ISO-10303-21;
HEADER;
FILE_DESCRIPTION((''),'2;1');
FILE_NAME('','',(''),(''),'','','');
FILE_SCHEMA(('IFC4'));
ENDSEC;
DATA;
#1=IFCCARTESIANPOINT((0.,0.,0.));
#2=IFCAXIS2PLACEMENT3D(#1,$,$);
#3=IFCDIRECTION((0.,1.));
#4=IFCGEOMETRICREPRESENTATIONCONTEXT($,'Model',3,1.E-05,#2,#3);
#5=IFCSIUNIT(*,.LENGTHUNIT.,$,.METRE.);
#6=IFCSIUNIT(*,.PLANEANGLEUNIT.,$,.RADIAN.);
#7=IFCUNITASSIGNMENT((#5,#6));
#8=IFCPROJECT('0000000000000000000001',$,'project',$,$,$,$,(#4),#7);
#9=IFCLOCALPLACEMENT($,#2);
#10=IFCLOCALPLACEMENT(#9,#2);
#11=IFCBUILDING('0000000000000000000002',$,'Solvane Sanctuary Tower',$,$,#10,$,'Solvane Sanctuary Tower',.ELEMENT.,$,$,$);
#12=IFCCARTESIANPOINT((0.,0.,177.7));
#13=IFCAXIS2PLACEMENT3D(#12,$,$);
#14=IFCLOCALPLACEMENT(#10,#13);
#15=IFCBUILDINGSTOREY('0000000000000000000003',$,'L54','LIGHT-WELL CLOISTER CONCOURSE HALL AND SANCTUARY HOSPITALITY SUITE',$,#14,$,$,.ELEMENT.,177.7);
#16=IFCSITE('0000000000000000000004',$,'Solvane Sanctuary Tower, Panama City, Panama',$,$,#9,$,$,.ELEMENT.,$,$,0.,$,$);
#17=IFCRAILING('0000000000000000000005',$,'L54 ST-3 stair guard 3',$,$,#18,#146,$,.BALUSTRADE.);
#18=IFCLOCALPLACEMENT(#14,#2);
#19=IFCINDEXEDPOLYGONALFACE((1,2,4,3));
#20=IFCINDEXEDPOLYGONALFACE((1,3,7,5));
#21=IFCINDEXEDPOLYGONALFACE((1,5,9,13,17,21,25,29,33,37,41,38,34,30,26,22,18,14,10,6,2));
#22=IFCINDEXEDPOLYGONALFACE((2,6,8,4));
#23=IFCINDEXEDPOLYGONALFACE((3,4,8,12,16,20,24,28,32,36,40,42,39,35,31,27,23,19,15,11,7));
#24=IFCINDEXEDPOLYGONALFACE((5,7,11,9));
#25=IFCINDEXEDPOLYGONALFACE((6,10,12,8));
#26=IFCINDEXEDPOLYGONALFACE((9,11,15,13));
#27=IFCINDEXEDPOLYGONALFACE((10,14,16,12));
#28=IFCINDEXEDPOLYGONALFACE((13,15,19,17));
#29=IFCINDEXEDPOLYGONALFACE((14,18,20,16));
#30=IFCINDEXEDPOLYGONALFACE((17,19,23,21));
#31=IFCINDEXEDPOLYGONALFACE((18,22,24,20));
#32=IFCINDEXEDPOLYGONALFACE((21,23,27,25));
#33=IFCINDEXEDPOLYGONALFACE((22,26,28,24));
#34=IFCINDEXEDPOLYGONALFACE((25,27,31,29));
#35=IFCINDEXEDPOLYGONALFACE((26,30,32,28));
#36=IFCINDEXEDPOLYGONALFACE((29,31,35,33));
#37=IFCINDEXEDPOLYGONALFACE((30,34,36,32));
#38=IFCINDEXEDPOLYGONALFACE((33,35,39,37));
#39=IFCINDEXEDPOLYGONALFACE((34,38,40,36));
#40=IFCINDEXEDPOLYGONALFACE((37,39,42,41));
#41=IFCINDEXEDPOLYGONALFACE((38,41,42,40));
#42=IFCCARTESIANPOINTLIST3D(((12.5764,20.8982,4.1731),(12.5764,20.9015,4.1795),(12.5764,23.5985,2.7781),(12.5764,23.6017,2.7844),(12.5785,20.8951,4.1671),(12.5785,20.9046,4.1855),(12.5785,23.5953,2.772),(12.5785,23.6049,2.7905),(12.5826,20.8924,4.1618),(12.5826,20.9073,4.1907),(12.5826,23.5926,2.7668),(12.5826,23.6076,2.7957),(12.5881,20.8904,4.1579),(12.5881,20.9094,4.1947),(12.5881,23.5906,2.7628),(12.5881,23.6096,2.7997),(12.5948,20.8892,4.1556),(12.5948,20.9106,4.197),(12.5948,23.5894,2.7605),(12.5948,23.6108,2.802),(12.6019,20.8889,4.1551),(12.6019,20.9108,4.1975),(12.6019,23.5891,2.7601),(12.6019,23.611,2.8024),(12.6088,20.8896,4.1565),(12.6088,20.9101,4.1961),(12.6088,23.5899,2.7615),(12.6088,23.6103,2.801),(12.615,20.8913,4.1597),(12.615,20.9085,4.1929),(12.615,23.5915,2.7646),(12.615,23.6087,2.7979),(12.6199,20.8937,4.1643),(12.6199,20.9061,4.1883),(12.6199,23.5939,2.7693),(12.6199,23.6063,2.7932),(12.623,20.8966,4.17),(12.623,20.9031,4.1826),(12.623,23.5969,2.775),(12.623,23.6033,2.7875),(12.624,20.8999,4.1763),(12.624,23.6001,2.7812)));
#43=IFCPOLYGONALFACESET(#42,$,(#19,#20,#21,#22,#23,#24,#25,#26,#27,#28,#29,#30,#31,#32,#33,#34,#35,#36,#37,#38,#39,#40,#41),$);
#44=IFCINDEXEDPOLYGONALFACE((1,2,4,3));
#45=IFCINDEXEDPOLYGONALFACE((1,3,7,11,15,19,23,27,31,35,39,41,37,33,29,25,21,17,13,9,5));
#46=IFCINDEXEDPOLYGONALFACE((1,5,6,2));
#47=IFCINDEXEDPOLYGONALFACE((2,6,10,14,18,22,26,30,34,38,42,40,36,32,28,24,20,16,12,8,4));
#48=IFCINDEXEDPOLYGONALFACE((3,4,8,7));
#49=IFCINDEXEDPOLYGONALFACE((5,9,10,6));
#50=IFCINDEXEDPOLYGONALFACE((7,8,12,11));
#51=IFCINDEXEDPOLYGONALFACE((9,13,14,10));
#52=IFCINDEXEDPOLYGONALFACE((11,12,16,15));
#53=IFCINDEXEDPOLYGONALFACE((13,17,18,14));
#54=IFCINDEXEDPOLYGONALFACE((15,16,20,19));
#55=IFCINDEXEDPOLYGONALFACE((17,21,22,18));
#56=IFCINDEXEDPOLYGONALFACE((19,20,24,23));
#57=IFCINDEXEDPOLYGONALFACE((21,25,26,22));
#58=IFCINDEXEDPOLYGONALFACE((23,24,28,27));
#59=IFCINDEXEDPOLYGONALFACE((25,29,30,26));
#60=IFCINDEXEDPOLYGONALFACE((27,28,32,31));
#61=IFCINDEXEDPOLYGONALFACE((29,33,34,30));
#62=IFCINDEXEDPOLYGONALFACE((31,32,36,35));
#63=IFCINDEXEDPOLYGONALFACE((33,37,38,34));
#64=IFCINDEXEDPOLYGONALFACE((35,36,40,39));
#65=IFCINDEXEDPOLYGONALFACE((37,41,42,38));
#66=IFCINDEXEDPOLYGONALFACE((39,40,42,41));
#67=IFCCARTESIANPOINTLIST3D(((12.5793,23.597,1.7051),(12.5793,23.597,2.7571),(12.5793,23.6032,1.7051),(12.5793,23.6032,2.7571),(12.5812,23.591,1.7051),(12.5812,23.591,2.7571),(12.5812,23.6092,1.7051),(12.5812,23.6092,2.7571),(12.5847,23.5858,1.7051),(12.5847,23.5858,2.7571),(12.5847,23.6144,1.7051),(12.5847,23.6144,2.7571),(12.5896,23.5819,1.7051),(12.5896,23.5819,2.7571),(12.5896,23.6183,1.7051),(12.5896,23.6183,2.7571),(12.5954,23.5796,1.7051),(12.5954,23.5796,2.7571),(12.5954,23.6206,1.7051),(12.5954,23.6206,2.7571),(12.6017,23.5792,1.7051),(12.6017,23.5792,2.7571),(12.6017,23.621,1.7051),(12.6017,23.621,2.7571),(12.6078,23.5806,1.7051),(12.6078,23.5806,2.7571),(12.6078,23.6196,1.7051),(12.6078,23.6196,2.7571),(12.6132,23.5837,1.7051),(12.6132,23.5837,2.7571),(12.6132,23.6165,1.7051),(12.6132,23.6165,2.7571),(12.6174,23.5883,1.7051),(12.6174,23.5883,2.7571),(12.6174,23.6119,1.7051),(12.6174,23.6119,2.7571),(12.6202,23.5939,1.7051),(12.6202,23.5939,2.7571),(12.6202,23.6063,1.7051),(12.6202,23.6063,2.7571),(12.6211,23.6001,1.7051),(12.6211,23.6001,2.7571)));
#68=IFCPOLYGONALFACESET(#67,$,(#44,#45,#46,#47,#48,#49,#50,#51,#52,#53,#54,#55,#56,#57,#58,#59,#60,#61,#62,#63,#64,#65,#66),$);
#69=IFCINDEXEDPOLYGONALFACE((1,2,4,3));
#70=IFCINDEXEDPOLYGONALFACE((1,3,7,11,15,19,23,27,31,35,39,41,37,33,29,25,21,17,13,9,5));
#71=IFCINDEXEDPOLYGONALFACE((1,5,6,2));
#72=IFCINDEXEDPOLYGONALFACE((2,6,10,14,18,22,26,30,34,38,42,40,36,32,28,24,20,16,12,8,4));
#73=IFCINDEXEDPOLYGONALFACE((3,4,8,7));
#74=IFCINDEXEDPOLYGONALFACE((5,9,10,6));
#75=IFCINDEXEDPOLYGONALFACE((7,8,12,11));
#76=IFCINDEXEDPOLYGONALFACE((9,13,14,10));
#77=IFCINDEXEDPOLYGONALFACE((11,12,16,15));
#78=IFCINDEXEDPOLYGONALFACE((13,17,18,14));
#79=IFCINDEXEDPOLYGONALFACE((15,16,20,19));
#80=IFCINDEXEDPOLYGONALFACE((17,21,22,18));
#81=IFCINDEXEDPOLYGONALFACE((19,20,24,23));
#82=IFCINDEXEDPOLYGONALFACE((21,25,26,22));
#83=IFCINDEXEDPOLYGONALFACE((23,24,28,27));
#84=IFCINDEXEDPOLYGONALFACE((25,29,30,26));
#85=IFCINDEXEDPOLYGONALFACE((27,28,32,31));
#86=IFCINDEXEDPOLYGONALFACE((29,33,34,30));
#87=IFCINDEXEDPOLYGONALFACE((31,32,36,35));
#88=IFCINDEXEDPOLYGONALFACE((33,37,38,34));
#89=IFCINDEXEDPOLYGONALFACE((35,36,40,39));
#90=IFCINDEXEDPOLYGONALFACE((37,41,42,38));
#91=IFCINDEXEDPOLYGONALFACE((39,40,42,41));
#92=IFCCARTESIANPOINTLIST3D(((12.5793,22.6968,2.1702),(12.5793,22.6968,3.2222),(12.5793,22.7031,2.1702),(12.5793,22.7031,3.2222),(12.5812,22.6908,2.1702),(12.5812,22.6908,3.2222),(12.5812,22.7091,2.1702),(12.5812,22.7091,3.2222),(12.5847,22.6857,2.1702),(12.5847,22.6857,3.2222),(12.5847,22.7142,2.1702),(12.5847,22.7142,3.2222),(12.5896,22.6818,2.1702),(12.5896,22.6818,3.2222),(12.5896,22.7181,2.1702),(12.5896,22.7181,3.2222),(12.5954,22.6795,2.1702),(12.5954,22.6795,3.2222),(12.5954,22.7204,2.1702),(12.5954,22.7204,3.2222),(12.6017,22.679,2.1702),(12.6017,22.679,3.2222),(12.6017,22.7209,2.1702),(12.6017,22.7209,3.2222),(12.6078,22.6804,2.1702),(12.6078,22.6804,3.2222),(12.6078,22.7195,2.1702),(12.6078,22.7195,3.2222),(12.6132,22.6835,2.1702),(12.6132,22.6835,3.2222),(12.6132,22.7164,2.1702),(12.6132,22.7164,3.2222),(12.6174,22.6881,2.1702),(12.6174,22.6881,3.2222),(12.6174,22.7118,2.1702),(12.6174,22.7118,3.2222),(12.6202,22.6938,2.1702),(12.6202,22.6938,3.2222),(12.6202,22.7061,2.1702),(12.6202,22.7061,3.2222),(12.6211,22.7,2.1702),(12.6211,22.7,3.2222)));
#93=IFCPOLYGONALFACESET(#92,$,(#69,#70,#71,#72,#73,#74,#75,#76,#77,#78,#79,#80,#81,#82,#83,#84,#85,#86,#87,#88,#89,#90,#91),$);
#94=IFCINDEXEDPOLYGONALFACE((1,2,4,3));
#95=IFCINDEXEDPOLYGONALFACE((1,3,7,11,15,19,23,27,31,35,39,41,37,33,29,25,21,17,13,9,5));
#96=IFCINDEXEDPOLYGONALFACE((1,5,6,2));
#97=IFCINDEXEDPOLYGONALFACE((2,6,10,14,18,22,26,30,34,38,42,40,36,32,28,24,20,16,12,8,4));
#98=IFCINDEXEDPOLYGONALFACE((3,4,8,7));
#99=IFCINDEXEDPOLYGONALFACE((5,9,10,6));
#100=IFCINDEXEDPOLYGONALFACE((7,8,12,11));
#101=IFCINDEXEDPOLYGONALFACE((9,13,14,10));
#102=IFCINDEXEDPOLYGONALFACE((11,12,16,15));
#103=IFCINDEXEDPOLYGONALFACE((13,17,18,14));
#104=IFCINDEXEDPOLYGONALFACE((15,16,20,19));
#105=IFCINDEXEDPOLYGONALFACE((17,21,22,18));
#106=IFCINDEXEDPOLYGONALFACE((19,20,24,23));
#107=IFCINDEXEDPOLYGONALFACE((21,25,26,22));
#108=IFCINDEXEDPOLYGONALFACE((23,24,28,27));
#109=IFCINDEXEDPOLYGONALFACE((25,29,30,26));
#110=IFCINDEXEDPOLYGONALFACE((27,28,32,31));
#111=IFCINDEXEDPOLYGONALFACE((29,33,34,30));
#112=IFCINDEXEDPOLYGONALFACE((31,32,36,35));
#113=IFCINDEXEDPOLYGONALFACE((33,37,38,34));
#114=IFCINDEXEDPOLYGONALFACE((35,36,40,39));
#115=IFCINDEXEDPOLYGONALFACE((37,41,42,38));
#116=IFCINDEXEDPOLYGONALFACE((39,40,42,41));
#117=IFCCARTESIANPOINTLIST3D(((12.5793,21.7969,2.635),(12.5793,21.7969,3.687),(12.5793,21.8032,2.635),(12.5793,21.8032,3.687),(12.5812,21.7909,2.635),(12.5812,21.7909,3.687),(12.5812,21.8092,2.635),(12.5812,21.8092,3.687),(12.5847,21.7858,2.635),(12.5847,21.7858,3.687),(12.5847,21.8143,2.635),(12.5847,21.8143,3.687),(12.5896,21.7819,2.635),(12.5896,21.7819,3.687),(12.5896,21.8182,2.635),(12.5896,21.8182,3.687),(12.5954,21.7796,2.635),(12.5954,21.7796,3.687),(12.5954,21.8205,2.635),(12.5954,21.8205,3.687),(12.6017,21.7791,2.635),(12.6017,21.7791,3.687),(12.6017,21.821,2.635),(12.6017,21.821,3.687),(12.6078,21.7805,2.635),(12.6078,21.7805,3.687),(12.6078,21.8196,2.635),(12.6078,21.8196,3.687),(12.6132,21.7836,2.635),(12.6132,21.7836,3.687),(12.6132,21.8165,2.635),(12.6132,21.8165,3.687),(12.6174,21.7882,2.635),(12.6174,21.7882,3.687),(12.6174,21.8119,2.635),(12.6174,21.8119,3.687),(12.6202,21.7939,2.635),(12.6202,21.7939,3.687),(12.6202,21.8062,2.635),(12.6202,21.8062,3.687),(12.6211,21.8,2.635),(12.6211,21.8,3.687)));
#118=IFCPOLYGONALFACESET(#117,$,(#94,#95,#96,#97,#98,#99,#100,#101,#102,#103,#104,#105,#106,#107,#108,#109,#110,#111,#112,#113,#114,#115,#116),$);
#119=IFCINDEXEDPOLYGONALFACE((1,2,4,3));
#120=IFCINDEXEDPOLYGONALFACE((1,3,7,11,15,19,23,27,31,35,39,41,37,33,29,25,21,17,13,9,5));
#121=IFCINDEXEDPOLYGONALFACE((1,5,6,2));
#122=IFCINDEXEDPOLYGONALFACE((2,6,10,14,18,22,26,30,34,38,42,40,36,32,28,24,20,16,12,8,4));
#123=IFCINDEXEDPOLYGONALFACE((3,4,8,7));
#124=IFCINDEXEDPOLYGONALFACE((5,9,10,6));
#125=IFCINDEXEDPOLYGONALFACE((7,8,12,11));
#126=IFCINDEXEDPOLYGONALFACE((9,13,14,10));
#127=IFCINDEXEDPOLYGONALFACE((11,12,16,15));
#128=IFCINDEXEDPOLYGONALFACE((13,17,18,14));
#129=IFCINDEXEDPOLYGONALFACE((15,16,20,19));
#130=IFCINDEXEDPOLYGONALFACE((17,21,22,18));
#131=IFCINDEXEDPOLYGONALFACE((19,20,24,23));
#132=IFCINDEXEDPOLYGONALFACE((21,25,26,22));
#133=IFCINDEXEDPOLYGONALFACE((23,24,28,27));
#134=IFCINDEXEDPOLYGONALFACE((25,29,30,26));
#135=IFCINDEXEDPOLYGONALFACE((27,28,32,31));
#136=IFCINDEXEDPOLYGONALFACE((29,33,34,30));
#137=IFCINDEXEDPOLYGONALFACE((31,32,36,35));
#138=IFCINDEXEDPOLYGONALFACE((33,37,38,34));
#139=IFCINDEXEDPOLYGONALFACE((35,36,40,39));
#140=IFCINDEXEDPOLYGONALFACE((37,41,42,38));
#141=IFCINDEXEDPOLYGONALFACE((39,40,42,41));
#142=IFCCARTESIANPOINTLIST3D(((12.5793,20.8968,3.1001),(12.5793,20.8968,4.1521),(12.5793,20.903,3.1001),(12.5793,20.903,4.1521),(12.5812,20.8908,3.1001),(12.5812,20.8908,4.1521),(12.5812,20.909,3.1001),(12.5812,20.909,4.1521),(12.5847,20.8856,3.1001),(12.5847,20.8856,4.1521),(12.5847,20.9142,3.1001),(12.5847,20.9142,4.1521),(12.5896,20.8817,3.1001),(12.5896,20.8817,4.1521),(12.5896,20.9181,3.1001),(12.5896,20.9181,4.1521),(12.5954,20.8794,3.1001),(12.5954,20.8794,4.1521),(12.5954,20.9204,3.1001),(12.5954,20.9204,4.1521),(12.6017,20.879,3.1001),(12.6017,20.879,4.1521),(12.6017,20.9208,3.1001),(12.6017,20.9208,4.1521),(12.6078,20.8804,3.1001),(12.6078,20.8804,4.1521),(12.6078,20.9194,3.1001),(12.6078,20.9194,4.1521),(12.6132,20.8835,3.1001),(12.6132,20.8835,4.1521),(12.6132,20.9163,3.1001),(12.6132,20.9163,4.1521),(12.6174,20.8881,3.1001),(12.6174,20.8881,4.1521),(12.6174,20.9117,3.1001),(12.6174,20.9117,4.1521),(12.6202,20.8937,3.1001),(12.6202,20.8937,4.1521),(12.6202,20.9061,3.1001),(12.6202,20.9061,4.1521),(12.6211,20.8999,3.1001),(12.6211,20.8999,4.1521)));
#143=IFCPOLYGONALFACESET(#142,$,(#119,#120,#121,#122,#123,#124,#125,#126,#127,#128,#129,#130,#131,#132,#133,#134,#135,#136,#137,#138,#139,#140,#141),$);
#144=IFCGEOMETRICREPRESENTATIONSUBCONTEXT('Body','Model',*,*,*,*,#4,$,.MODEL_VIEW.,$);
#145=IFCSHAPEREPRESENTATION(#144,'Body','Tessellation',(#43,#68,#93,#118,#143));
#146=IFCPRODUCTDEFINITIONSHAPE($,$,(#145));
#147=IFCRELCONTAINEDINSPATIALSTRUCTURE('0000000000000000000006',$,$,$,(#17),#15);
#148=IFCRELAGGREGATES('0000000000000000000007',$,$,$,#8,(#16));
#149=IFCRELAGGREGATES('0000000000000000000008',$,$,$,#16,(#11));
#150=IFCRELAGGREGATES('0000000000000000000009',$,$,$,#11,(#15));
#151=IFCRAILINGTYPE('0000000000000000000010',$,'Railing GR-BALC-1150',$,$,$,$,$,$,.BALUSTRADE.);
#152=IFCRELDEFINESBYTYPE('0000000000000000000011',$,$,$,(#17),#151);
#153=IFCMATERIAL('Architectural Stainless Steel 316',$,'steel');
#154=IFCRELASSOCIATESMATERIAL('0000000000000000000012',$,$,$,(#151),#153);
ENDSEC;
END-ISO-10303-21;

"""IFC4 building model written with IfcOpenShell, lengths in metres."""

from ifc_helpers import new_model, si_unit, direction, frame, origin, origin_2d, place, context, subcontext, project, spatial, circle, extrude, material, type_object, element, save


model = new_model("IFC4")

# Units and contexts
model_context = context("Model", 3, precision=1e-05, world=origin(), true_north=direction((0.0, 1.0)))
body_context = subcontext(model_context, "Body", "Model", "MODEL_VIEW")
ifc_project = project(units=[si_unit("LENGTHUNIT", "METRE"), si_unit("PLANEANGLEUNIT", "RADIAN")], contexts=[model_context])

# Site, building, storey
site_placement = place(None, origin())
site = spatial("IfcSite", under=ifc_project, at=site_placement, Name="Solvane Sanctuary Tower, Panama City, Panama", CompositionType="ELEMENT", RefElevation=0.0)
building_placement = place(site_placement, origin())
building = spatial("IfcBuilding", under=site, at=building_placement, Name="Solvane Sanctuary Tower", LongName="Solvane Sanctuary Tower", CompositionType="ELEMENT")
storey_placement = place(building_placement, frame((0.0, 0.0, 177.7)))
storey = spatial("IfcBuildingStorey", under=building, at=storey_placement, Name="L54", Description="LIGHT-WELL CLOISTER CONCOURSE HALL AND SANCTUARY HOSPITALITY SUITE", CompositionType="ELEMENT", Elevation=177.7)

# Shared definitions
ifc_material_1 = material(Name="Architectural Stainless Steel 316", Category="steel")

# Railing
railing_type_1 = type_object("IfcRailingType", Name="Railing GR-BALC-1150", PredefinedType="BALUSTRADE", material=ifc_material_1)
railing_1_placement = place(storey_placement, frame((12.6001, 23.6001, 1.7051)))
element("IfcRailing", 1, at=railing_1_placement, inside=storey, type_object=railing_type_1, Name="L54 ST-3 stair guard 3", PredefinedType="BALUSTRADE", context=body_context, shape_type="SweptSolid", body=[
    extrude(circle(Radius=0.0239, at=origin_2d()), frame((0.0, 0.0, 1.0762), z_axis=(0.0, -0.888437, 0.458999), x_axis=(1.0, 0.0, 0.0)), (0.0, 0.0, 1.0), 3.0393),
    extrude(circle(Radius=0.021, at=origin_2d()), origin(), (0.0, 0.0, 1.0), 1.052),
    extrude(circle(Radius=0.021, at=origin_2d()), frame((0.0, -0.9001, 0.4651)), (0.0, 0.0, 1.0), 1.052),
    extrude(circle(Radius=0.021, at=origin_2d()), frame((0.0, -1.8, 0.9299)), (0.0, 0.0, 1.0), 1.052),
    extrude(circle(Radius=0.021, at=origin_2d()), frame((0.0, -2.7002, 1.395)), (0.0, 0.0, 1.0), 1.052),
])

save(model, "model.ifc")
